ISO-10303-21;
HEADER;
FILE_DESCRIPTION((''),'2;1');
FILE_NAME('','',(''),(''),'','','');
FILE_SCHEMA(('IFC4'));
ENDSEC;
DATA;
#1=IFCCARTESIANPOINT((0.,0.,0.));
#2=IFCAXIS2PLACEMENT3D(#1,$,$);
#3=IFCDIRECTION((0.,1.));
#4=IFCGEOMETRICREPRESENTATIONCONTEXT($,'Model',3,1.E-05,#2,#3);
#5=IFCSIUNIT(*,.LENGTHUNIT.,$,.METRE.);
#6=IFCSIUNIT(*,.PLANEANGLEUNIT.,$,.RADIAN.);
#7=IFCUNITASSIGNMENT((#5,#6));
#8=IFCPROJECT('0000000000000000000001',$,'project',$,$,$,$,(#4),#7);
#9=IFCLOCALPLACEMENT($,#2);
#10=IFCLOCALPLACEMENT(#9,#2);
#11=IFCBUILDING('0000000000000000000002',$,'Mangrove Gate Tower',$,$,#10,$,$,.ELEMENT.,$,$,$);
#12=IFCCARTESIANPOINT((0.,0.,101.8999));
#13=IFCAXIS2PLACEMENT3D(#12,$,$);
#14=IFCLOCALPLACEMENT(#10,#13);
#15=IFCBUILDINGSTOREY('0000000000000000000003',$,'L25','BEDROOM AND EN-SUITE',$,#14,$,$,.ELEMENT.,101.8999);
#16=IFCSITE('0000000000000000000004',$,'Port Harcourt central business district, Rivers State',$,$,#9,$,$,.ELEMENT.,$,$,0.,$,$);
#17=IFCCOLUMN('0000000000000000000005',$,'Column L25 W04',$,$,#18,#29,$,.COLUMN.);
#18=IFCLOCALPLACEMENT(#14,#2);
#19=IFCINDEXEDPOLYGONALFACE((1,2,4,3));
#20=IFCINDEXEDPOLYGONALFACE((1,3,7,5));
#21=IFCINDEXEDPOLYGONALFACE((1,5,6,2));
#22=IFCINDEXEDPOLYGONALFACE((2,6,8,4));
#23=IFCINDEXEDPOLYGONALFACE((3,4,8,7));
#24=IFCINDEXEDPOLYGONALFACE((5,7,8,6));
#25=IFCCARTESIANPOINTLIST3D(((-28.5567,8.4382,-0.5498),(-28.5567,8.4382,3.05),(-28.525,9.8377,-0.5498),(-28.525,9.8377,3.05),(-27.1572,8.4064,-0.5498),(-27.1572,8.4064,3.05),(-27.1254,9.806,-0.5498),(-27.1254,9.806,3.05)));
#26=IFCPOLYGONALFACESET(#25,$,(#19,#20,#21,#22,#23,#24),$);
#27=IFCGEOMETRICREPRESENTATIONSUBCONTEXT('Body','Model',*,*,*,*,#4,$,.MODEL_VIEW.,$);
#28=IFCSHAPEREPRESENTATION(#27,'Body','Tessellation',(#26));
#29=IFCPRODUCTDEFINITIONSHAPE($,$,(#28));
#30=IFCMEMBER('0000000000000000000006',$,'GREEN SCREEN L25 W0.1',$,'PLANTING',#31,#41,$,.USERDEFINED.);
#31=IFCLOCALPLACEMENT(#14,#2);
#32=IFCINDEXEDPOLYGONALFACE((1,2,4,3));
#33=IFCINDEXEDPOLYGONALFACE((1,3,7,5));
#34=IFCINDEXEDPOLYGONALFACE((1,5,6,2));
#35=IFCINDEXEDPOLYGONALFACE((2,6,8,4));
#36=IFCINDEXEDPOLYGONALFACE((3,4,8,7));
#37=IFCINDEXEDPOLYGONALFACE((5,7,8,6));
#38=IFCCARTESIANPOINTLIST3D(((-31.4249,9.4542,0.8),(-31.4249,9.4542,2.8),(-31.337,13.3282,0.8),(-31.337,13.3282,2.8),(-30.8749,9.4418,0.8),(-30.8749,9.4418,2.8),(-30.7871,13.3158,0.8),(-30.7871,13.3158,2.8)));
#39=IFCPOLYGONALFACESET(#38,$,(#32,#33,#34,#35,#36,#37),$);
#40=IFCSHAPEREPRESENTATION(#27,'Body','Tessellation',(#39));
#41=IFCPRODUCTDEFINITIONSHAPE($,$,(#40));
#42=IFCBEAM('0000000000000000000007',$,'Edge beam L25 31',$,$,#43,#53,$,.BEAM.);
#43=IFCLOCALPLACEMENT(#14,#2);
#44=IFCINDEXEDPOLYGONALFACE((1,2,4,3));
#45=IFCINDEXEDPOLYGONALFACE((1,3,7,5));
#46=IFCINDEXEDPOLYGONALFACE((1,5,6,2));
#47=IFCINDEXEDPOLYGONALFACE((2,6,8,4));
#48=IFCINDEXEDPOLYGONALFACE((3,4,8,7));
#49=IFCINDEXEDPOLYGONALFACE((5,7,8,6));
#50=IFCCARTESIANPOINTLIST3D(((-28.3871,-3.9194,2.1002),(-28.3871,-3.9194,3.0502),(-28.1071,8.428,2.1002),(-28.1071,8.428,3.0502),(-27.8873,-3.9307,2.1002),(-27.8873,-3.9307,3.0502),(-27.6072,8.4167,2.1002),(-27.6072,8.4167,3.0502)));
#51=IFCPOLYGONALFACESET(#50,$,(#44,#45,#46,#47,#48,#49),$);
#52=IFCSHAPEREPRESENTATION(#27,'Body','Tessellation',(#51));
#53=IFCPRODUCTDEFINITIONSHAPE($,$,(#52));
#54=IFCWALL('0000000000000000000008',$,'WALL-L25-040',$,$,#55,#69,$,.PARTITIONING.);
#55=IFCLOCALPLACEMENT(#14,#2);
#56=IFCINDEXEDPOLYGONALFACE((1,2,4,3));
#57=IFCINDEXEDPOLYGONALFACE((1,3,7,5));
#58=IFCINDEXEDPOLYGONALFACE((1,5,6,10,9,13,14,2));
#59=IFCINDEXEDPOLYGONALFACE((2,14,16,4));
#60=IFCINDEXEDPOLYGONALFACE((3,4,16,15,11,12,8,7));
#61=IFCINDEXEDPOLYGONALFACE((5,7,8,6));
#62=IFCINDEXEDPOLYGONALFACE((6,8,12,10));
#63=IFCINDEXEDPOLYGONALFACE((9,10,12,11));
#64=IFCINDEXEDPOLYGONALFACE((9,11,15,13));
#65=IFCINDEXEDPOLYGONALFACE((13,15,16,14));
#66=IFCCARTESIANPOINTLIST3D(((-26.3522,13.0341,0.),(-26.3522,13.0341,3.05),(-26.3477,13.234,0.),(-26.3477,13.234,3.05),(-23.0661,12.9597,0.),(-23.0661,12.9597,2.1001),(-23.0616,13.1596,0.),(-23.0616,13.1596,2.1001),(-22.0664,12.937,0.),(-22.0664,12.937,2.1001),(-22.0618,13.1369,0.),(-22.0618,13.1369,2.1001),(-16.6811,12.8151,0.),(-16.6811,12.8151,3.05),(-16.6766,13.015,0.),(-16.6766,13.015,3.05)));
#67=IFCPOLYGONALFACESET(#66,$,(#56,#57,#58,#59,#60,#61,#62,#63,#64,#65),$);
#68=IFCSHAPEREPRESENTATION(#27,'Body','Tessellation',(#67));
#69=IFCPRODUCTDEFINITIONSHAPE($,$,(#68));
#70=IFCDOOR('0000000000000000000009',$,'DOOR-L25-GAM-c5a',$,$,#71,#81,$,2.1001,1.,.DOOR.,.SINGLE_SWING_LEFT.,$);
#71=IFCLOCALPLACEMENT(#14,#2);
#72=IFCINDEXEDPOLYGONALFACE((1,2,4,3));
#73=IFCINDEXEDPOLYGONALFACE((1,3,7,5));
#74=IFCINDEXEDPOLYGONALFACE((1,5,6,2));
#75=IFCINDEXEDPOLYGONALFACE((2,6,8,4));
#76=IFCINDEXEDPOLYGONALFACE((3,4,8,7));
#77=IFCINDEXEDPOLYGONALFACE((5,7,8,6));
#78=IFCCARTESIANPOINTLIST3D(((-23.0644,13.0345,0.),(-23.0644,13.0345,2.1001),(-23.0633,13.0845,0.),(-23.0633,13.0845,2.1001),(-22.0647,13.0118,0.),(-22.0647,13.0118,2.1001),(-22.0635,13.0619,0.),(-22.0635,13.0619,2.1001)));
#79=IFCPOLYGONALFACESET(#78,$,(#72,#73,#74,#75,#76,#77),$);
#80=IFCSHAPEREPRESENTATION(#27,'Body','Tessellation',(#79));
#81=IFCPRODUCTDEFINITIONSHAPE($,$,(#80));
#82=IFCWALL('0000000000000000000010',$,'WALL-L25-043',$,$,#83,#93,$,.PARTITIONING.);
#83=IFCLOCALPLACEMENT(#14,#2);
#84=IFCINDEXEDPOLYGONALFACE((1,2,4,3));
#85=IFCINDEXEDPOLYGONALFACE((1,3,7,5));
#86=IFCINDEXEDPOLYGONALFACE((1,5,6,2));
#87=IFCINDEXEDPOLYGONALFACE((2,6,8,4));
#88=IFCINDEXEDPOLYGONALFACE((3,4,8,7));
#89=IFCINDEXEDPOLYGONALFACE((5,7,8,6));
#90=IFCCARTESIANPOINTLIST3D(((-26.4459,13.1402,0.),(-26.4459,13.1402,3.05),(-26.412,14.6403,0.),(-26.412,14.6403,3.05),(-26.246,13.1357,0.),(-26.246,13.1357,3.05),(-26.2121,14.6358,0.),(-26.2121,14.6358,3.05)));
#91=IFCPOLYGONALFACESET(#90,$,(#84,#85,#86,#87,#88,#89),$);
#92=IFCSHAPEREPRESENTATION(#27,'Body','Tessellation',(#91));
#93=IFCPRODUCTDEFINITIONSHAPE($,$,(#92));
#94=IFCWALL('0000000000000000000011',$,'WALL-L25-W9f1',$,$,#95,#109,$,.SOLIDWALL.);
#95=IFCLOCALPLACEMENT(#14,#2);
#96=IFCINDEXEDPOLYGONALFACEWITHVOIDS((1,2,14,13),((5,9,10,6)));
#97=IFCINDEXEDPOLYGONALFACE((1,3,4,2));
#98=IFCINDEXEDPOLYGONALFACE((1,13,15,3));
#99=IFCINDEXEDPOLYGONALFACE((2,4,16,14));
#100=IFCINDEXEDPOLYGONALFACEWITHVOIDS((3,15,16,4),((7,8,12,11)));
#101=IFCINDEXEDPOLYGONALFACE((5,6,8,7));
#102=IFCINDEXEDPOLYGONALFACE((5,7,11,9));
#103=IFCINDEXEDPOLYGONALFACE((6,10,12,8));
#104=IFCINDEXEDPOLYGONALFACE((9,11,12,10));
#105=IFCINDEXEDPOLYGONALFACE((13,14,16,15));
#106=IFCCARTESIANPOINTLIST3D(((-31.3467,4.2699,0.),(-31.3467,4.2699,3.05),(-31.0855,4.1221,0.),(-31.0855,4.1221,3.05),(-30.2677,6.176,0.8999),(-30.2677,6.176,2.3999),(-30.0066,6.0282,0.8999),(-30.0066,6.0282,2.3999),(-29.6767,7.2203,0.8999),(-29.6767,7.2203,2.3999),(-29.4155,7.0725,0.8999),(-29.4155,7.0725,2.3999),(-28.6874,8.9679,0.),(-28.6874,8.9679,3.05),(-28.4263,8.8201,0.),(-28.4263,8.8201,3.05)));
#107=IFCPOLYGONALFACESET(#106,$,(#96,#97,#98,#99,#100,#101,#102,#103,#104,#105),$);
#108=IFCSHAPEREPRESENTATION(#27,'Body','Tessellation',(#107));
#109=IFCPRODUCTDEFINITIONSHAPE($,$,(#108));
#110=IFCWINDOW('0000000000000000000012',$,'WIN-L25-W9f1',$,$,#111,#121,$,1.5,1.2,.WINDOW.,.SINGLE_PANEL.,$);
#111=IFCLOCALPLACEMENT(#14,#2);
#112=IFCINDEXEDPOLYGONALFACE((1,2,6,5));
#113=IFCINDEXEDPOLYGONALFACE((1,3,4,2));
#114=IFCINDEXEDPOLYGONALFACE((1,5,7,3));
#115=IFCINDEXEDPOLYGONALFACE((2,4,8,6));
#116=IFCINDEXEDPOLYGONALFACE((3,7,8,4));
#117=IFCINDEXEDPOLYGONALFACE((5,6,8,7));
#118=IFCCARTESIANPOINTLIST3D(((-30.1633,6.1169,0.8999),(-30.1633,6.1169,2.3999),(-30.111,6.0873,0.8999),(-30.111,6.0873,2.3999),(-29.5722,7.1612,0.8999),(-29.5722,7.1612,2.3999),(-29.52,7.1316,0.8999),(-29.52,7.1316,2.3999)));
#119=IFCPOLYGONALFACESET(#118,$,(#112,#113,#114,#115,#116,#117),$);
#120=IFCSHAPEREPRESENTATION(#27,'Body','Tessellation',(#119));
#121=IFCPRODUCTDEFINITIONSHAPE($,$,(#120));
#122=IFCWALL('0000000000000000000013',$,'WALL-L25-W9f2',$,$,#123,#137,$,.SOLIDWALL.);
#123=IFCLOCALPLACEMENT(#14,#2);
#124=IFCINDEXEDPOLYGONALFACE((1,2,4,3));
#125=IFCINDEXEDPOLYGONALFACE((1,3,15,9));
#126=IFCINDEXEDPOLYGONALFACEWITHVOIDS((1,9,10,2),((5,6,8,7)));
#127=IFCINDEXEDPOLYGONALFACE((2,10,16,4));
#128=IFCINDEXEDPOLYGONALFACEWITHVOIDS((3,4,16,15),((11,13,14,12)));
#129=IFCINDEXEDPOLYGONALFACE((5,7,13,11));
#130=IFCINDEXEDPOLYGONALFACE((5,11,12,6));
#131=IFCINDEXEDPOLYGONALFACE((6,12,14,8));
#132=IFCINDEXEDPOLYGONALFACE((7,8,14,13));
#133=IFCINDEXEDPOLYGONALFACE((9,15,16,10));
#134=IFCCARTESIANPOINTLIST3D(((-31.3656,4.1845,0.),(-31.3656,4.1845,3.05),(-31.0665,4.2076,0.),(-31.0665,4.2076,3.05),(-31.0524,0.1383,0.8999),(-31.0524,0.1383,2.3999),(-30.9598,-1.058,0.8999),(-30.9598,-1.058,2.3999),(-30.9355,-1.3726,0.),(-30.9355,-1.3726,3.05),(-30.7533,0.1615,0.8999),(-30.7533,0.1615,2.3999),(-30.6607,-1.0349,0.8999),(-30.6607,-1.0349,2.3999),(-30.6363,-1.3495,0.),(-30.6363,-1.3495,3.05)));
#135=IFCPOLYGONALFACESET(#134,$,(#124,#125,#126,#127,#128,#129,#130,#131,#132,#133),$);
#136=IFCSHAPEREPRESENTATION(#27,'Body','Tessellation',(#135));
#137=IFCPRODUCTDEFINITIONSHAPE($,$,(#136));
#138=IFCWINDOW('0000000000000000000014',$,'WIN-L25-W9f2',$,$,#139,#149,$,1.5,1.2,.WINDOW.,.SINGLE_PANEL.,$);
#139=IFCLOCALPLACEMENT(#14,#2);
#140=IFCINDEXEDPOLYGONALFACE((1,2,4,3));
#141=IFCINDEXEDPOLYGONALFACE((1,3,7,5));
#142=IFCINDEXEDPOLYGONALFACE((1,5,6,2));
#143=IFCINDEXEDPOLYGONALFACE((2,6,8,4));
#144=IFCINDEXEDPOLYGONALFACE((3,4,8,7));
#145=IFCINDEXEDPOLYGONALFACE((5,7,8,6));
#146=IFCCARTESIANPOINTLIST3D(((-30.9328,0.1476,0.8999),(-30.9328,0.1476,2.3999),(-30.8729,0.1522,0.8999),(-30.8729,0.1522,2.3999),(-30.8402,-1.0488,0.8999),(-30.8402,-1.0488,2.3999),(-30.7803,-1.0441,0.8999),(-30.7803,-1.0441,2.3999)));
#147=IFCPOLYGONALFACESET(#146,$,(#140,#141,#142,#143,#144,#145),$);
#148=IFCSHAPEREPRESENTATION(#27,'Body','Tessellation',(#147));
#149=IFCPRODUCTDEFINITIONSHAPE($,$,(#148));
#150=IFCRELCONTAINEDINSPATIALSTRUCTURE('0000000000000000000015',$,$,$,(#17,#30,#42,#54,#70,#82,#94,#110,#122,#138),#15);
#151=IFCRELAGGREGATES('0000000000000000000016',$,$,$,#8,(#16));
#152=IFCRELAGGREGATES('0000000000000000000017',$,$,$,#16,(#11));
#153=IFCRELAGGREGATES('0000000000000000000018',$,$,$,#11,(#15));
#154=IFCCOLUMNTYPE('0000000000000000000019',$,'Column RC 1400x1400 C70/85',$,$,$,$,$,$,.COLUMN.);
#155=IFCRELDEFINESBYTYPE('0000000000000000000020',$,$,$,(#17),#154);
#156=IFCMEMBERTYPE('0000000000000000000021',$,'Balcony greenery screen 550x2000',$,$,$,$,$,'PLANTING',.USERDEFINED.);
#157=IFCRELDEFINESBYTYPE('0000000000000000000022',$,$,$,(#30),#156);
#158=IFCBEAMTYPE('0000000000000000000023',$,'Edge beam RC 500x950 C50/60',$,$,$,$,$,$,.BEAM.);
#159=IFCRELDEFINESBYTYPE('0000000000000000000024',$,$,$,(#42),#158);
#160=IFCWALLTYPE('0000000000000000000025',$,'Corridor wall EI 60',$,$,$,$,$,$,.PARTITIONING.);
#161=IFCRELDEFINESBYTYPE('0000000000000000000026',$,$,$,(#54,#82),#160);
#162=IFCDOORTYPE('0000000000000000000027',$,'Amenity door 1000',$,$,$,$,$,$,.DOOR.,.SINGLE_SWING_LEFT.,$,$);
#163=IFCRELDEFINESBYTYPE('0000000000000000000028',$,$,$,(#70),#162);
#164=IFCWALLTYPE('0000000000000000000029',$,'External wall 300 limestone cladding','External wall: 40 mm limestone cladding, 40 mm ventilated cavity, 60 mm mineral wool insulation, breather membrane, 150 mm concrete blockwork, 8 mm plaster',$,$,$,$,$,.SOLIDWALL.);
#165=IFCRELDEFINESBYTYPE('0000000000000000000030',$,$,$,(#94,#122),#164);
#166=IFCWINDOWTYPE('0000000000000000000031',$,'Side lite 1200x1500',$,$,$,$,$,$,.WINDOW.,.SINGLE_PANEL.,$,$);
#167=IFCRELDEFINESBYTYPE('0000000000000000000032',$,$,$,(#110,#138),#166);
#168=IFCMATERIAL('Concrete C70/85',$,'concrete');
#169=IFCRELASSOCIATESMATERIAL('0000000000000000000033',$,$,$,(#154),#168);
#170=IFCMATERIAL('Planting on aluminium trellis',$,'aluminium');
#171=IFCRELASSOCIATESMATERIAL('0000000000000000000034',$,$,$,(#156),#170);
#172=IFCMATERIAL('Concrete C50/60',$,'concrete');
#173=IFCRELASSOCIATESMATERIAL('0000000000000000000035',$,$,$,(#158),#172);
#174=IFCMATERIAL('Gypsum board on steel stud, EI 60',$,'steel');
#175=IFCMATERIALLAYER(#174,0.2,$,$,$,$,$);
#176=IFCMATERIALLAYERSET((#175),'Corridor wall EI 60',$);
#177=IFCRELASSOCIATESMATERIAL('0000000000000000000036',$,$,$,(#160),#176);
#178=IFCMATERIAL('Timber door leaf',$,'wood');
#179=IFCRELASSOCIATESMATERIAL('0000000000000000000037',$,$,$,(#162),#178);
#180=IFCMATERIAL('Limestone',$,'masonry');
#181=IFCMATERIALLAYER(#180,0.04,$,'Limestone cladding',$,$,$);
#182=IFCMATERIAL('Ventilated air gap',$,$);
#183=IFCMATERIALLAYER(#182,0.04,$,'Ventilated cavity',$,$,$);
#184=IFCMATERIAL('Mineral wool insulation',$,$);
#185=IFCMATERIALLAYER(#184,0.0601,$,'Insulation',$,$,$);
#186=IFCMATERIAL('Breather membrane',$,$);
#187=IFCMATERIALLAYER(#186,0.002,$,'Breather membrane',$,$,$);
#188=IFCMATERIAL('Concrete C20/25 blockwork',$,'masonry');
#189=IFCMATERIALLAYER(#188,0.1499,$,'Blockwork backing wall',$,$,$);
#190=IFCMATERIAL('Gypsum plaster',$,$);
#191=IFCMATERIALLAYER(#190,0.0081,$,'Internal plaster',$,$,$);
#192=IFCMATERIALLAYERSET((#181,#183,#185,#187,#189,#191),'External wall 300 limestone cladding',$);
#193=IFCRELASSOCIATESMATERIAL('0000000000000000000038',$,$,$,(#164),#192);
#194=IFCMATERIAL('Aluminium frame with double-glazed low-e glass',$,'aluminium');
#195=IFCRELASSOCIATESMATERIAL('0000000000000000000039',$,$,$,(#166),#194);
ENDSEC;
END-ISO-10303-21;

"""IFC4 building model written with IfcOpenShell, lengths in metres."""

from ifc_helpers import new_model, si_unit, direction, frame, frame_2d, origin, origin_2d, place, context, subcontext, project, spatial, rectangle, extrude, material, layer, layer_set, material_profile, profile_set, type_object, element, fill, save


model = new_model("IFC4")

# Units and contexts
model_context = context("Model", 3, precision=1e-05, world=origin(), true_north=direction((0.0, 1.0)))
body_context = subcontext(model_context, "Body", "Model", "MODEL_VIEW")
ifc_project = project(units=[si_unit("LENGTHUNIT", "METRE"), si_unit("PLANEANGLEUNIT", "RADIAN")], contexts=[model_context])

# Site, building, storey
site_placement = place(None, origin())
site = spatial("IfcSite", under=ifc_project, at=site_placement, Name="Port Harcourt central business district, Rivers State", CompositionType="ELEMENT", RefElevation=0.0)
building_placement = place(site_placement, origin())
building = spatial("IfcBuilding", under=site, at=building_placement, Name="Mangrove Gate Tower", CompositionType="ELEMENT")
storey_placement = place(building_placement, frame((0.0, 0.0, 101.8999)))
storey = spatial("IfcBuildingStorey", under=building, at=storey_placement, Name="L25", Description="BEDROOM AND EN-SUITE", CompositionType="ELEMENT", Elevation=101.8999)

# Column
ifc_material_1 = material(Name="Concrete C70/85", Category="concrete")
ifc_material_profile_1 = material_profile(ifc_material_1, rectangle(XDim=1.3999, YDim=1.3999, at=origin_2d()))
ifc_profile_set_1 = profile_set([ifc_material_profile_1], Name="Concrete C70/85")
column_type = type_object("IfcColumnType", Name="Column RC 1400x1400 C70/85", PredefinedType="COLUMN", material=ifc_profile_set_1)
column_placement = place(storey_placement, frame((-27.8411, 9.1221, -0.5498), z_axis=(0.0, 0.0, 1.0), x_axis=(-0.022672, -0.999743, 0.0)))
element("IfcColumn", 1, at=column_placement, inside=storey, type_object=column_type, Name="Column L25 W04", PredefinedType="COLUMN", context=body_context, shape_type="SweptSolid", body=[
    extrude(rectangle(XDim=1.3999, YDim=1.3999, at=origin_2d()), origin(), (0.0, 0.0, 1.0), 3.5999),
])

# Member
ifc_material_2 = material(Name="Planting on aluminium trellis", Category="aluminium")
ifc_material_profile_2 = material_profile(ifc_material_2, rectangle(XDim=0.55, YDim=2.0, at=origin_2d()))
ifc_profile_set_2 = profile_set([ifc_material_profile_2], Name="Planting on aluminium trellis")
member_type = type_object("IfcMemberType", Name="Balcony greenery screen 550x2000", ElementType="PLANTING", PredefinedType="USERDEFINED", material=ifc_profile_set_2)
member_placement = place(storey_placement, frame((-31.1499, 9.448, 1.8), z_axis=(0.022681, 0.999743, 0.0), x_axis=(-0.999743, 0.022681, 0.0)))
element("IfcMember", 2, at=member_placement, inside=storey, type_object=member_type, Name="GREEN SCREEN L25 W0.1", ObjectType="PLANTING", PredefinedType="USERDEFINED", context=body_context, shape_type="SweptSolid", body=[
    extrude(rectangle(XDim=0.55, YDim=2.0, at=origin_2d()), origin(), (0.0, 0.0, 1.0), 3.875),
])

# Beam
ifc_material_3 = material(Name="Concrete C50/60", Category="concrete")
ifc_material_profile_3 = material_profile(ifc_material_3, rectangle(XDim=0.5, YDim=0.95, at=origin_2d()))
ifc_profile_set_3 = profile_set([ifc_material_profile_3], Name="Concrete C50/60")
beam_type = type_object("IfcBeamType", Name="Edge beam RC 500x950 C50/60", PredefinedType="BEAM", material=ifc_profile_set_3)
beam_placement = place(storey_placement, frame((-27.8572, 8.4224, 2.5752), z_axis=(-0.022673, -0.999743, 0.0), x_axis=(0.999743, -0.022673, 0.0)))
element("IfcBeam", 3, at=beam_placement, inside=storey, type_object=beam_type, Name="Edge beam L25 31", PredefinedType="BEAM", context=body_context, shape_type="SweptSolid", body=[
    extrude(rectangle(XDim=0.5, YDim=0.95, at=origin_2d()), origin(), (0.0, 0.0, 1.0), 12.3506),
])

# Wall, opening, door
ifc_material_4 = material(Name="Gypsum board on steel stud, EI 60", Category="steel")
ifc_layer_1 = layer(ifc_material_4, 0.2)
ifc_layer_set_1 = layer_set([ifc_layer_1], Name="Corridor wall EI 60")
wall_type_1 = type_object("IfcWallType", Name="Corridor wall EI 60", PredefinedType="PARTITIONING", material=ifc_layer_set_1)
wall_1_placement = place(storey_placement, frame((-26.3501, 13.134, 0.0), z_axis=(0.0, 0.0, 1.0), x_axis=(0.999744, -0.022638, 0.0)))
wall_1 = element("IfcWall", 4, at=wall_1_placement, inside=storey, type_object=wall_type_1, Name="WALL-L25-040", PredefinedType="PARTITIONING", context=body_context, shape_type="SweptSolid", body=[
    extrude(rectangle(XDim=9.6736, YDim=0.2, at=frame_2d((4.8369, 0.0))), origin(), (0.0, 0.0, 1.0), 3.05),
])
opening_1_placement = place(wall_1_placement, frame((3.2871, 0.0, 0.0)))
opening_1 = element("IfcOpeningElement", 5, at=opening_1_placement, cuts=wall_1, PredefinedType="OPENING", context=body_context, shape_type="SweptSolid", body=[
    extrude(rectangle(XDim=1.0, YDim=2.1001, at=frame_2d((0.5, 1.05))), frame((0.0, 0.1099, 0.0), z_axis=(0.0, -1.0, 0.0), x_axis=(1.0, 0.0, 0.0)), (0.0, 0.0, 1.0), 0.22),
])
ifc_material_5 = material(Name="Timber door leaf", Category="wood")
door_type = type_object("IfcDoorType", Name="Amenity door 1000", OperationType="SINGLE_SWING_LEFT", PredefinedType="DOOR", material=ifc_material_5)
door_placement = place(opening_1_placement, origin())
door = element("IfcDoor", 6, at=door_placement, inside=storey, type_object=door_type, Name="DOOR-L25-GAM-c5a", OperationType="SINGLE_SWING_LEFT", OverallHeight=2.1001, OverallWidth=1.0, PredefinedType="DOOR", context=body_context, shape_type="SweptSolid", body=[
    extrude(rectangle(XDim=1.0, YDim=2.1001, at=frame_2d((0.5, 1.05))), frame((0.0, 0.0249, 0.0), z_axis=(0.0, -1.0, 0.0), x_axis=(1.0, 0.0, 0.0)), (0.0, 0.0, 1.0), 0.05),
])
fill(opening_1, door)

# Wall
wall_2_placement = place(storey_placement, frame((-26.3459, 13.1379, 0.0), z_axis=(0.0, 0.0, 1.0), x_axis=(0.022618, 0.999744, 0.0)))
element("IfcWall", 7, at=wall_2_placement, inside=storey, type_object=wall_type_1, Name="WALL-L25-043", PredefinedType="PARTITIONING", context=body_context, shape_type="SweptSolid", body=[
    extrude(rectangle(XDim=1.5005, YDim=0.2, at=frame_2d((0.7502, 0.0))), origin(), (0.0, 0.0, 1.0), 3.05),
])

# Walls, openings, windows
ifc_material_6 = material(Name="Limestone", Category="masonry")
ifc_layer_2 = layer(ifc_material_6, 0.04, Name="Limestone cladding")
ifc_material_7 = material(Name="Ventilated air gap")
ifc_layer_3 = layer(ifc_material_7, 0.04, Name="Ventilated cavity")
ifc_material_8 = material(Name="Mineral wool insulation")
ifc_layer_4 = layer(ifc_material_8, 0.0601, Name="Insulation")
ifc_material_9 = material(Name="Breather membrane")
ifc_layer_5 = layer(ifc_material_9, 0.002, Name="Breather membrane")
ifc_material_10 = material(Name="Concrete C20/25 blockwork", Category="masonry")
ifc_layer_6 = layer(ifc_material_10, 0.1499, Name="Blockwork backing wall")
ifc_material_11 = material(Name="Gypsum plaster")
ifc_layer_7 = layer(ifc_material_11, 0.0081, Name="Internal plaster")
ifc_layer_set_2 = layer_set([ifc_layer_2, ifc_layer_3, ifc_layer_4, ifc_layer_5, ifc_layer_6, ifc_layer_7], Name="External wall 300 limestone cladding")
wall_type_2 = type_object("IfcWallType", Name="External wall 300 limestone cladding", Description="External wall: 40 mm limestone cladding, 40 mm ventilated cavity, 60 mm mineral wool insulation, breather membrane, 150 mm concrete blockwork, 8 mm plaster", PredefinedType="SOLIDWALL", material=ifc_layer_set_2)
wall_3_placement = place(storey_placement, frame((-28.5569, 8.894, 0.0), z_axis=(0.0, 0.0, 1.0), x_axis=(-0.492589, -0.870262, 0.0)))
wall_3 = element("IfcWall", 8, at=wall_3_placement, inside=storey, type_object=wall_type_2, Name="WALL-L25-W9f1", PredefinedType="SOLIDWALL", context=body_context, shape_type="SweptSolid", body=[
    extrude(rectangle(XDim=5.3984, YDim=0.3, at=frame_2d((2.6992, 0.0))), origin(), (0.0, 0.0, 1.0), 3.05),
])
opening_2_placement = place(wall_3_placement, frame((2.0081, 0.0, 0.8999)))
opening_2 = element("IfcOpeningElement", 9, at=opening_2_placement, cuts=wall_3, PredefinedType="OPENING", context=body_context, shape_type="SweptSolid", body=[
    extrude(rectangle(XDim=1.2, YDim=1.5, at=frame_2d((0.6001, 0.75))), frame((0.0, 0.1599, 0.0), z_axis=(0.0, -1.0, 0.0), x_axis=(1.0, 0.0, 0.0)), (0.0, 0.0, 1.0), 0.3201),
])
ifc_material_12 = material(Name="Aluminium frame with double-glazed low-e glass", Category="aluminium")
window_type = type_object("IfcWindowType", Name="Side lite 1200x1500", PartitioningType="SINGLE_PANEL", PredefinedType="WINDOW", material=ifc_material_12)
window_1_placement = place(opening_2_placement, origin())
window_1 = element("IfcWindow", 10, at=window_1_placement, inside=storey, type_object=window_type, Name="WIN-L25-W9f1", OverallHeight=1.5, OverallWidth=1.2, PartitioningType="SINGLE_PANEL", PredefinedType="WINDOW", context=body_context, shape_type="SweptSolid", body=[
    extrude(rectangle(XDim=1.2, YDim=1.5, at=frame_2d((0.6001, 0.75))), frame((0.0, 0.03, 0.0), z_axis=(0.0, -1.0, 0.0), x_axis=(1.0, 0.0, 0.0)), (0.0, 0.0, 1.0), 0.0601),
])
fill(opening_2, window_1)
wall_4_placement = place(storey_placement, frame((-31.2161, 4.196, 0.0), z_axis=(0.0, 0.0, 1.0), x_axis=(0.077179, -0.997017, 0.0)))
wall_4 = element("IfcWall", 11, at=wall_4_placement, inside=storey, type_object=wall_type_2, Name="WALL-L25-W9f2", PredefinedType="SOLIDWALL", context=body_context, shape_type="SweptSolid", body=[
    extrude(rectangle(XDim=5.5737, YDim=0.3, at=frame_2d((2.7869, 0.0))), origin(), (0.0, 0.0, 1.0), 3.05),
])
opening_3_placement = place(wall_4_placement, frame((4.0581, 0.0, 0.8999)))
opening_3 = element("IfcOpeningElement", 12, at=opening_3_placement, cuts=wall_4, PredefinedType="OPENING", context=body_context, shape_type="SweptSolid", body=[
    extrude(rectangle(XDim=1.2, YDim=1.5, at=frame_2d((0.6001, 0.75))), frame((0.0, 0.1599, 0.0), z_axis=(0.0, -1.0, 0.0), x_axis=(1.0, 0.0, 0.0)), (0.0, 0.0, 1.0), 0.3201),
])
window_2_placement = place(opening_3_placement, origin())
window_2 = element("IfcWindow", 13, at=window_2_placement, inside=storey, type_object=window_type, Name="WIN-L25-W9f2", OverallHeight=1.5, OverallWidth=1.2, PartitioningType="SINGLE_PANEL", PredefinedType="WINDOW", context=body_context, shape_type="SweptSolid", body=[
    extrude(rectangle(XDim=1.2, YDim=1.5, at=frame_2d((0.6001, 0.75))), frame((0.0, 0.03, 0.0), z_axis=(0.0, -1.0, 0.0), x_axis=(1.0, 0.0, 0.0)), (0.0, 0.0, 1.0), 0.0601),
])
fill(opening_3, window_2)

save(model, "model.ifc")
